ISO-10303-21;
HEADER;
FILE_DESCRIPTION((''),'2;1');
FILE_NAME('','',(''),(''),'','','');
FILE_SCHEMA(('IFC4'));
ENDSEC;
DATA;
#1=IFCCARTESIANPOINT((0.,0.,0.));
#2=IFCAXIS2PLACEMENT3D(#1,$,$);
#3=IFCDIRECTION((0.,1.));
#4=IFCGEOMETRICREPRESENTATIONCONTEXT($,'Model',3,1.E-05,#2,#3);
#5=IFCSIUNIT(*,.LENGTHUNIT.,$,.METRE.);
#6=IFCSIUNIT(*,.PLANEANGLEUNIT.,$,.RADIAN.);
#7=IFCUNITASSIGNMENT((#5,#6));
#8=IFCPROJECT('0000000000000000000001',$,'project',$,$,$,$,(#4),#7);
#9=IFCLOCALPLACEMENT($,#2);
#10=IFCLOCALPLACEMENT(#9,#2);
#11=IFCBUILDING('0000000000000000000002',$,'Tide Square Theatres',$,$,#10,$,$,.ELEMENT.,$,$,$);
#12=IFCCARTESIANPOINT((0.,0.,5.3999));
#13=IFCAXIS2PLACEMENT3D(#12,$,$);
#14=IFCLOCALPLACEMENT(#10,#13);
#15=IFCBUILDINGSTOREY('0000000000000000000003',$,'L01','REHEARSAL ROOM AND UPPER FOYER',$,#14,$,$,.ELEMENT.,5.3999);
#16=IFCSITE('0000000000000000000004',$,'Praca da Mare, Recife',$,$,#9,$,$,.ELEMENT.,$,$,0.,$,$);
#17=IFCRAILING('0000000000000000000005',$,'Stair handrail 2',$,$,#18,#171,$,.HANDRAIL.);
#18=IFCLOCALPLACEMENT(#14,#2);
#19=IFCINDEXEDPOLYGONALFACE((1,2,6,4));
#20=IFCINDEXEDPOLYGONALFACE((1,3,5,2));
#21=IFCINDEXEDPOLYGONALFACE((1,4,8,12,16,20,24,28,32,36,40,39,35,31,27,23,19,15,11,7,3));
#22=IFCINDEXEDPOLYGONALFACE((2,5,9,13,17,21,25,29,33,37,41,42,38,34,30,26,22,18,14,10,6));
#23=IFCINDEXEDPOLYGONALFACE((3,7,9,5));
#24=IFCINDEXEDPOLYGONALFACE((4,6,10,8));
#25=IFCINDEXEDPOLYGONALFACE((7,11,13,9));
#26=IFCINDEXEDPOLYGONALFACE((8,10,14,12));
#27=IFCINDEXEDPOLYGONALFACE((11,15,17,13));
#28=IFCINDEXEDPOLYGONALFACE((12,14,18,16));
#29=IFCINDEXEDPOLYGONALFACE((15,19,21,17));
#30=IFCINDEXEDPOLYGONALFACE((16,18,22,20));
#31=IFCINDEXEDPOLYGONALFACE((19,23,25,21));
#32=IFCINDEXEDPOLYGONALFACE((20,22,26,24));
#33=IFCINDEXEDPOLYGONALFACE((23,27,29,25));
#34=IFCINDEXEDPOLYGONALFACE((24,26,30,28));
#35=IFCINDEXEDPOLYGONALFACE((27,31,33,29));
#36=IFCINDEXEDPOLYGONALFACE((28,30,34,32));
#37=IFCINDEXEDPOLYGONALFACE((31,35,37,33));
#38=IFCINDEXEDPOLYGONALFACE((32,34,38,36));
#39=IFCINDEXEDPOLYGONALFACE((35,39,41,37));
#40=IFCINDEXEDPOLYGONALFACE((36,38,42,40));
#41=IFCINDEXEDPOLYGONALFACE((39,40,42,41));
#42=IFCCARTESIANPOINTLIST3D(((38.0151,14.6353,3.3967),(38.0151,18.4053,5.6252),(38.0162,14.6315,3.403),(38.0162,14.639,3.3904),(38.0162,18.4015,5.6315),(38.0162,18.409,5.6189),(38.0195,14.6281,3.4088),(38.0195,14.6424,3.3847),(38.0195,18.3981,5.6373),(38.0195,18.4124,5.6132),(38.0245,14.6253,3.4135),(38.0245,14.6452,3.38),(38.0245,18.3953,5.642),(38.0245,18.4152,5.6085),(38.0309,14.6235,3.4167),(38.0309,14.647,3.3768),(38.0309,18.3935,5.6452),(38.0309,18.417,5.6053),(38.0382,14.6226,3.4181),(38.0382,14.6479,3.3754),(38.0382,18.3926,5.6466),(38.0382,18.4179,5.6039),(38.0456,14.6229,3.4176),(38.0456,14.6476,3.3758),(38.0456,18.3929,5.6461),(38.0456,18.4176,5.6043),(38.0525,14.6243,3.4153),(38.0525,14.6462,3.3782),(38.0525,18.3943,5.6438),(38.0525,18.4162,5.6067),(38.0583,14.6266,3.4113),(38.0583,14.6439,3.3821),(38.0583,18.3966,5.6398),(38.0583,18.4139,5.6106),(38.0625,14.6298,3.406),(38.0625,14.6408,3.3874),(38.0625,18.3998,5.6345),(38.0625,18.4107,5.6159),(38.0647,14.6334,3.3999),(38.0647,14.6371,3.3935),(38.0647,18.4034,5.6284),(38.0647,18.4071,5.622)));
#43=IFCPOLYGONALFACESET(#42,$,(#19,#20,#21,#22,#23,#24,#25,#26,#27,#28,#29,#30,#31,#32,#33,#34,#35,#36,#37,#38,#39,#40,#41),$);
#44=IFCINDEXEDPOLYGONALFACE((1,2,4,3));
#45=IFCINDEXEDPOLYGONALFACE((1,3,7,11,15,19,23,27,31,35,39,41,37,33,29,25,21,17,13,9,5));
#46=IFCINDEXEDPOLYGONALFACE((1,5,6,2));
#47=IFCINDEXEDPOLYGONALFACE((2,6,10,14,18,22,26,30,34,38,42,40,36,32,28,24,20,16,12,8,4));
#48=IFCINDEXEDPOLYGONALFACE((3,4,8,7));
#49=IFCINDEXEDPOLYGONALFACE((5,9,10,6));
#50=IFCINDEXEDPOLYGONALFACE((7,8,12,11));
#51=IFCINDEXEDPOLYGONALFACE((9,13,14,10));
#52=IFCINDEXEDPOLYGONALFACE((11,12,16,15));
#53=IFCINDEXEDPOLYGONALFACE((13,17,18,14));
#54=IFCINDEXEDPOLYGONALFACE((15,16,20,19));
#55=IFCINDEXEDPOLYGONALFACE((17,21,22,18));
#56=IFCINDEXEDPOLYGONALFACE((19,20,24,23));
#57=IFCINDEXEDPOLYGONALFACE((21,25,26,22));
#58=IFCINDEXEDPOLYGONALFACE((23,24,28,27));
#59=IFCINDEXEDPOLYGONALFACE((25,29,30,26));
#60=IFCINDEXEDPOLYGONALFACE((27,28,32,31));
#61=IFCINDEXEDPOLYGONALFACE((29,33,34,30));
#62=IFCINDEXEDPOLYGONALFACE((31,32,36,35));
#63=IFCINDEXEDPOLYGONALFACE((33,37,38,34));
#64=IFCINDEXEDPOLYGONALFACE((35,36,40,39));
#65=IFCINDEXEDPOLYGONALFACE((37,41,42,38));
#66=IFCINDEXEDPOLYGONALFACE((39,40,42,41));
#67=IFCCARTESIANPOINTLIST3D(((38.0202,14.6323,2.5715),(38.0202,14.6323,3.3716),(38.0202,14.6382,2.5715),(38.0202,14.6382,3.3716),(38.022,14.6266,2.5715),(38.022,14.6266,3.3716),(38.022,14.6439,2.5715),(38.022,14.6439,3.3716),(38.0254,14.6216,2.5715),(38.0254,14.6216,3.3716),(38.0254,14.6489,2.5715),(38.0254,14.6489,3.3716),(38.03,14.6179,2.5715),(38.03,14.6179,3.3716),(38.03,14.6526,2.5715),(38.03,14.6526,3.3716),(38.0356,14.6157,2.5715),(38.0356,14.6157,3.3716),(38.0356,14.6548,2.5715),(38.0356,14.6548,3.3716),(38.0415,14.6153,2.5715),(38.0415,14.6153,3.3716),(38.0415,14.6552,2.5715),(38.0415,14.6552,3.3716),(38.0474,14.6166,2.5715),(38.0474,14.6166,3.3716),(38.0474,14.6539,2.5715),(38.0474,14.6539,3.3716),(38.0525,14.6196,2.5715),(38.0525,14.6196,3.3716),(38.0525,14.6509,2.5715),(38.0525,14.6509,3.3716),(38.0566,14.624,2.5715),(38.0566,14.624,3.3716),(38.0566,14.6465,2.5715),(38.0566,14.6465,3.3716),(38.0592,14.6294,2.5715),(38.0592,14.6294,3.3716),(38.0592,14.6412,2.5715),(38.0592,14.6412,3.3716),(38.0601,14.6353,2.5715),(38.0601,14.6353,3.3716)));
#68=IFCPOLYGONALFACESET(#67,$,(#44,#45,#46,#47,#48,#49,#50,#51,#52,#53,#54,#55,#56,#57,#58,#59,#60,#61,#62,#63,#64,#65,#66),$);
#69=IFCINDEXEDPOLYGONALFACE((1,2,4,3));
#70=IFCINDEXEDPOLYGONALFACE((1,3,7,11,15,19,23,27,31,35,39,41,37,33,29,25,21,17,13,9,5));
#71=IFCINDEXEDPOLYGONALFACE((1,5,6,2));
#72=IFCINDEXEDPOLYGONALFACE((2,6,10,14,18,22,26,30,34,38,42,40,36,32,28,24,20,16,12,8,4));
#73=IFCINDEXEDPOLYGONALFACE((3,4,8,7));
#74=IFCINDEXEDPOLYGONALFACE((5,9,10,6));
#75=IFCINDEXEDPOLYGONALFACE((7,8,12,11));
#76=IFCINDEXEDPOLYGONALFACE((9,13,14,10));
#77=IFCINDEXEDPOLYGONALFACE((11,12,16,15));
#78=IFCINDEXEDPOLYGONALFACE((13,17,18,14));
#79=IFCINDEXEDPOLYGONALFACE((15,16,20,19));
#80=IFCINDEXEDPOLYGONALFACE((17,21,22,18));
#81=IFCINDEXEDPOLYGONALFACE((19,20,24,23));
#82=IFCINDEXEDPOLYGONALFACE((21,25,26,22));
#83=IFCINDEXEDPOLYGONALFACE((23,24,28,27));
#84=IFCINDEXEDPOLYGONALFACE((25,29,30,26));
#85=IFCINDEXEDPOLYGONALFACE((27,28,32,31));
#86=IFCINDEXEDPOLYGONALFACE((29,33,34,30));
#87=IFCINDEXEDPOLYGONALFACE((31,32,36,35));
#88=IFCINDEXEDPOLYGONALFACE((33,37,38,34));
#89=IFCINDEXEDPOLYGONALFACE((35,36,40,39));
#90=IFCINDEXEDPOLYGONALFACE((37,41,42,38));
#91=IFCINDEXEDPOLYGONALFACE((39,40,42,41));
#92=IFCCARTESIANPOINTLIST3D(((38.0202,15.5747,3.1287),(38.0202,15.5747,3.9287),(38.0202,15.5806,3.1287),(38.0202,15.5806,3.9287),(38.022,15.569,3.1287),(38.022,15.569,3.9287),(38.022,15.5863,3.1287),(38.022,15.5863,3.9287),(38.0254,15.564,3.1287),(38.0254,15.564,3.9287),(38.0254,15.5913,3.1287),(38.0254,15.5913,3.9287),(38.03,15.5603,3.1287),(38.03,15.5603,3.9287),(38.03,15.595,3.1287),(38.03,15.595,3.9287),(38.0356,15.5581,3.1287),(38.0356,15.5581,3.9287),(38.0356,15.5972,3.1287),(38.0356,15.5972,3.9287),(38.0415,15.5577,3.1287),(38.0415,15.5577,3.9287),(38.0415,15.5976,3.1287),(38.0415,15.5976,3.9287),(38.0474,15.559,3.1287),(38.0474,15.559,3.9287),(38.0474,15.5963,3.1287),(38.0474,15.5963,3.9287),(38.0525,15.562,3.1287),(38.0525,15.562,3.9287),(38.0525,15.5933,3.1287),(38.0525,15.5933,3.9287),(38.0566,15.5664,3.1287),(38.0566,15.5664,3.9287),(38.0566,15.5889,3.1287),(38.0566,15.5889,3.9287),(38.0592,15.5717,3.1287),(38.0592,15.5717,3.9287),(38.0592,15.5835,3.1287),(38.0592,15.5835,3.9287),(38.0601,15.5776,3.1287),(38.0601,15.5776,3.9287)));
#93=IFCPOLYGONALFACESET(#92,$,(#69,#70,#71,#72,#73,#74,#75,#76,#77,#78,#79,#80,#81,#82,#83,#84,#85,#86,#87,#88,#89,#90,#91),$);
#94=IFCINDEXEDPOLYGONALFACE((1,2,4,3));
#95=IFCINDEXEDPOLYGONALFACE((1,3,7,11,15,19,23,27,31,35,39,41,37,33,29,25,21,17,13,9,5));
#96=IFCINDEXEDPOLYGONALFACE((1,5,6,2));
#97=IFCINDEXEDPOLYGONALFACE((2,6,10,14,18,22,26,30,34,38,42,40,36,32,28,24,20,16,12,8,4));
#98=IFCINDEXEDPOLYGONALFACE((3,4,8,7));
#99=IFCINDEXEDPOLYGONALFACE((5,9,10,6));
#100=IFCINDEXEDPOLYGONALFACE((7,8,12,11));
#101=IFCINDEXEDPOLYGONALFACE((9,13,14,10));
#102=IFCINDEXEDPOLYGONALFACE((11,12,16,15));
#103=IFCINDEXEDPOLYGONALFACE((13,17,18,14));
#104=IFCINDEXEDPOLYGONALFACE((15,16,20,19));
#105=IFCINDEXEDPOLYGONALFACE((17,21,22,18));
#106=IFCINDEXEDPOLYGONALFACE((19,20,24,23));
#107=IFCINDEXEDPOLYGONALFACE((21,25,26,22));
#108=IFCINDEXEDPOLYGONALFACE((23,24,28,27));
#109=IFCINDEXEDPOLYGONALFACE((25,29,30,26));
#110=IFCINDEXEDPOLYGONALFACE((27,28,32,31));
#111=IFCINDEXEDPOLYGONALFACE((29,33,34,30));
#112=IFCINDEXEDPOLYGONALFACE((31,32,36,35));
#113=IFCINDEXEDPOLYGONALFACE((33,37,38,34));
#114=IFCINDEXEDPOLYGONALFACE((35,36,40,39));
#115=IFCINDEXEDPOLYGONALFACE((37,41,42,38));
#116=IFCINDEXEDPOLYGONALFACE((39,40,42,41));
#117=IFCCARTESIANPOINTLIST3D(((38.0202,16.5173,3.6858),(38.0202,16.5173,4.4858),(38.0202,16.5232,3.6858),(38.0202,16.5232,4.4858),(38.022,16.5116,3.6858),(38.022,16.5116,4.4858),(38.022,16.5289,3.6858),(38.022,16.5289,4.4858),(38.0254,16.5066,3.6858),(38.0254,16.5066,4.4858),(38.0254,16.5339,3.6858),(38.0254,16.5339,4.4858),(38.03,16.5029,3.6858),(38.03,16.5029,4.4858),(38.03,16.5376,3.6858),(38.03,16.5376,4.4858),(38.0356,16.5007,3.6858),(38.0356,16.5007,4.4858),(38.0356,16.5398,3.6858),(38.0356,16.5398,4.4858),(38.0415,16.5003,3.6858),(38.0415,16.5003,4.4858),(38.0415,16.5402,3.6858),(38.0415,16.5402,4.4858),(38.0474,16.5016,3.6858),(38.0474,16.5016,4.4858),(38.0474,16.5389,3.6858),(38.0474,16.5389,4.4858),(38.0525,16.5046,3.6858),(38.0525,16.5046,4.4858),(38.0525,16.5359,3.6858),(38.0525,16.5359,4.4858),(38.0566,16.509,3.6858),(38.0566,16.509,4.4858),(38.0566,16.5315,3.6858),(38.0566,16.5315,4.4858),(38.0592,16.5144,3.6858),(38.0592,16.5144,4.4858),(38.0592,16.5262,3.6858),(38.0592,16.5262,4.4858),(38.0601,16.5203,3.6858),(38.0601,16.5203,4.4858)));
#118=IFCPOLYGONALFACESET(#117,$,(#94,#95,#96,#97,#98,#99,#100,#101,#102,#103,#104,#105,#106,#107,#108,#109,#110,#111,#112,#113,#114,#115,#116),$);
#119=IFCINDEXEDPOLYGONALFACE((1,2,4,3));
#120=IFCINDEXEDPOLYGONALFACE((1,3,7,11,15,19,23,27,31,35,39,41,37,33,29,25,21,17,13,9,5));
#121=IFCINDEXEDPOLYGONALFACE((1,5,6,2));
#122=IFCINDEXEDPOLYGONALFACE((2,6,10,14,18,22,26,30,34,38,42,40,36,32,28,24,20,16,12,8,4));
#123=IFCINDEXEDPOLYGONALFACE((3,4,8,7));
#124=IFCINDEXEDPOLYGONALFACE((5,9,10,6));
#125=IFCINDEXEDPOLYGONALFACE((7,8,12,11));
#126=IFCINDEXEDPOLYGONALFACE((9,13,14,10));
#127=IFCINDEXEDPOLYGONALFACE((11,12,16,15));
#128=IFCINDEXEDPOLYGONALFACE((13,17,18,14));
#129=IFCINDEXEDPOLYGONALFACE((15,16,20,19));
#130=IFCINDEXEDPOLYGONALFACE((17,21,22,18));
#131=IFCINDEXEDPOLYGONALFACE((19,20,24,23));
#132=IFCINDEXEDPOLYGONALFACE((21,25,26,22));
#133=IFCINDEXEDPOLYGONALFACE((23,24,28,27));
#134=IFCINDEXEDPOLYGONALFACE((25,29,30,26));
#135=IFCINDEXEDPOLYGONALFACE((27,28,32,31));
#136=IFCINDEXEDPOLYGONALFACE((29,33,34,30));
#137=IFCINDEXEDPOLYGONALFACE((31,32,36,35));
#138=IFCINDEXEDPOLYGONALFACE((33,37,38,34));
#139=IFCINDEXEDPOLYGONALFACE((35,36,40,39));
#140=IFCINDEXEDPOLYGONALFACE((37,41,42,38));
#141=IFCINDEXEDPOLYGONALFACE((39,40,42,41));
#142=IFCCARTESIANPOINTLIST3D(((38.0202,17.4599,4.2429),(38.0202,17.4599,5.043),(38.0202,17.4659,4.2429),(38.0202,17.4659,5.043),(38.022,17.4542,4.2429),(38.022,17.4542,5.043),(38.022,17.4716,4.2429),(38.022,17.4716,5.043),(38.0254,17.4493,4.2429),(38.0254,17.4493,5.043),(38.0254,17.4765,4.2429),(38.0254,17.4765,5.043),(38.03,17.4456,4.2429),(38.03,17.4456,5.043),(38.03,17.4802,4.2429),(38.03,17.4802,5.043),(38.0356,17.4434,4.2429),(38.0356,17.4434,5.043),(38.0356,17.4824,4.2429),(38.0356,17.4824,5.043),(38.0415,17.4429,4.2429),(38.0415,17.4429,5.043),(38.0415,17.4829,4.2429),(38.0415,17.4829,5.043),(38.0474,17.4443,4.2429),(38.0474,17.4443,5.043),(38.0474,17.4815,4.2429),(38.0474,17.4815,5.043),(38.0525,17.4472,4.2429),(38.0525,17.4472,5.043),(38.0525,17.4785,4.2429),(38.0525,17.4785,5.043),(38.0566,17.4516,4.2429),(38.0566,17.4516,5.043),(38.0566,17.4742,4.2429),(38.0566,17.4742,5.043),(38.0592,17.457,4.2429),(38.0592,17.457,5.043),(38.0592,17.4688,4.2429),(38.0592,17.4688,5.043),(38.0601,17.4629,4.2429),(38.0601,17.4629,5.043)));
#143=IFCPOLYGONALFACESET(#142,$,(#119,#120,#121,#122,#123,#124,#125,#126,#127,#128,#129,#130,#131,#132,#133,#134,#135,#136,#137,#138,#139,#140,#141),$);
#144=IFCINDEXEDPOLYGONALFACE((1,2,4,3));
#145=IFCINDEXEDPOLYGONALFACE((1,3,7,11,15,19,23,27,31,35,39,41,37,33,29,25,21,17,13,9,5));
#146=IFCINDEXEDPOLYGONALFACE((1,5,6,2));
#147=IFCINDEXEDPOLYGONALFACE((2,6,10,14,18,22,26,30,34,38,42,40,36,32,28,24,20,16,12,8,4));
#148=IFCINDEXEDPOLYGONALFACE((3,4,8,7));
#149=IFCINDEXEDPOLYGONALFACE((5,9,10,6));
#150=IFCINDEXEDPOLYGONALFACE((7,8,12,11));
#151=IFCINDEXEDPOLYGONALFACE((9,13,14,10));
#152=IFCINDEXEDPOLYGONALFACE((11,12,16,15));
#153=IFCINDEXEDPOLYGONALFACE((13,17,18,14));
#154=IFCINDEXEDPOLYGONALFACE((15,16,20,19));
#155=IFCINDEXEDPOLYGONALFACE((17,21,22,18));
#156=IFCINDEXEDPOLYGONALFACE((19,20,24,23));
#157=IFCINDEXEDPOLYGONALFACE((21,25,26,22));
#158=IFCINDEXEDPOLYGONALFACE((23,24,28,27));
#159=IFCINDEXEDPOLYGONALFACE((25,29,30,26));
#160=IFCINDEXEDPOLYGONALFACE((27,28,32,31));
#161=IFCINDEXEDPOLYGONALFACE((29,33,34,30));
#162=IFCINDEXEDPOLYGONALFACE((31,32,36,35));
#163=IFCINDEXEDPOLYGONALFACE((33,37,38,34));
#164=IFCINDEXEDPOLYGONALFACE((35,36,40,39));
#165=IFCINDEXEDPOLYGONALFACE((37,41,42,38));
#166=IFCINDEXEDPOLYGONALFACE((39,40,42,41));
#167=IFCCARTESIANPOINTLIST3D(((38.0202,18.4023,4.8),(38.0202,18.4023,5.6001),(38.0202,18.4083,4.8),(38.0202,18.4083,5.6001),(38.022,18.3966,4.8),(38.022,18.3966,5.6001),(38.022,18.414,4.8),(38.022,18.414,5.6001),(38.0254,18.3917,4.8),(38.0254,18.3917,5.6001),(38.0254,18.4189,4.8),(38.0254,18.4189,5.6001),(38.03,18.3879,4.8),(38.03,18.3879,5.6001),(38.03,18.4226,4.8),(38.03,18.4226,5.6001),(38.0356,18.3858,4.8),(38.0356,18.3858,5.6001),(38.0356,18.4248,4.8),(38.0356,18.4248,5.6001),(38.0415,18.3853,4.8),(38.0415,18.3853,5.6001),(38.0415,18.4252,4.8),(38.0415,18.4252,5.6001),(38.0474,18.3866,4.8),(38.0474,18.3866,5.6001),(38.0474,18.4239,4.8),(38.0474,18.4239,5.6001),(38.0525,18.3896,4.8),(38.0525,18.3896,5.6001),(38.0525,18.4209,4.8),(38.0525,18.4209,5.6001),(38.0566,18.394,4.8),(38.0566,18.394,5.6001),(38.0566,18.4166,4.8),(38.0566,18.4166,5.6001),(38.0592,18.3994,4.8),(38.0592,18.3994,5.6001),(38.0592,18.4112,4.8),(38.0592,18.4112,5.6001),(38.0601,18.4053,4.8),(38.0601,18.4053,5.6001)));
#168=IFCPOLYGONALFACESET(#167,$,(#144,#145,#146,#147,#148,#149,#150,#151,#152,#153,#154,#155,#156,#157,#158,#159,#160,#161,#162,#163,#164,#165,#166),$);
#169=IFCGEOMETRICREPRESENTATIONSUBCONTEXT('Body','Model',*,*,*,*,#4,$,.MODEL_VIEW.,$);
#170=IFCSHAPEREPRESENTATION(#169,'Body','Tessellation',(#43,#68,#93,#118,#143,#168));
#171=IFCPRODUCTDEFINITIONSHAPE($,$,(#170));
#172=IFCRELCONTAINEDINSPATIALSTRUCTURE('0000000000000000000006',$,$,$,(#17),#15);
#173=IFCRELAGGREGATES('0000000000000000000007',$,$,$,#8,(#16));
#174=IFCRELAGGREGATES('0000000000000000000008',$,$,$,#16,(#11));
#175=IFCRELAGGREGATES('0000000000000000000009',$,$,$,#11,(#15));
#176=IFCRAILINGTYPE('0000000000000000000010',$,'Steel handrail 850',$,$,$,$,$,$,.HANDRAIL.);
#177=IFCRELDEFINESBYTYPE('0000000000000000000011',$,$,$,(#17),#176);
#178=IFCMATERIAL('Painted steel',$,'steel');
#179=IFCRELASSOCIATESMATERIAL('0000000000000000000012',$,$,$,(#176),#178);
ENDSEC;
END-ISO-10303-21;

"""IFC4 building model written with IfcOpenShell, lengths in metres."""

from ifc_helpers import new_model, si_unit, direction, frame, origin, origin_2d, place, context, subcontext, project, spatial, circle, extrude, material, type_object, element, save


model = new_model("IFC4")

# Units and contexts
model_context = context("Model", 3, precision=1e-05, world=origin(), true_north=direction((0.0, 1.0)))
body_context = subcontext(model_context, "Body", "Model", "MODEL_VIEW")
ifc_project = project(units=[si_unit("LENGTHUNIT", "METRE"), si_unit("PLANEANGLEUNIT", "RADIAN")], contexts=[model_context])

# Site, building, storey
site_placement = place(None, origin())
site = spatial("IfcSite", under=ifc_project, at=site_placement, Name="Praca da Mare, Recife", CompositionType="ELEMENT", RefElevation=0.0)
building_placement = place(site_placement, origin())
building = spatial("IfcBuilding", under=site, at=building_placement, Name="Tide Square Theatres", CompositionType="ELEMENT")
storey_placement = place(building_placement, frame((0.0, 0.0, 5.3999)))
storey = spatial("IfcBuildingStorey", under=building, at=storey_placement, Name="L01", Description="REHEARSAL ROOM AND UPPER FOYER", CompositionType="ELEMENT", Elevation=5.3999)

# Railing
ifc_material_1 = material(Name="Painted steel", Category="steel")
railing_type_1 = type_object("IfcRailingType", Name="Steel handrail 850", PredefinedType="HANDRAIL", material=ifc_material_1)
for number, where, name in (
    (1, (38.04, 14.6353, 2.5715), "Stair handrail 2"),
):
    element("IfcRailing", number, at=place(storey_placement, frame(where)), inside=storey, type_object=railing_type_1, Name=name, PredefinedType="HANDRAIL", context=body_context, shape_type="SweptSolid", body=[
        extrude(circle(Radius=0.0249, at=origin_2d()), frame((0.0, 0.0, 0.8252), z_axis=(0.0, 0.860849, 0.508861), x_axis=(-1.0, 0.0, 0.0)), (0.0, 0.0, 1.0), 4.3794),
        extrude(circle(Radius=0.02, at=origin_2d()), origin(), (0.0, 0.0, 1.0), 0.8),
        extrude(circle(Radius=0.02, at=origin_2d()), frame((0.0, 0.9424, 0.5571)), (0.0, 0.0, 1.0), 0.8),
        extrude(circle(Radius=0.02, at=origin_2d()), frame((0.0, 1.885, 1.1143)), (0.0, 0.0, 1.0), 0.8),
        extrude(circle(Radius=0.02, at=origin_2d()), frame((0.0, 2.8276, 1.6714)), (0.0, 0.0, 1.0), 0.8),
        extrude(circle(Radius=0.02, at=origin_2d()), frame((0.0, 3.77, 2.2285)), (0.0, 0.0, 1.0), 0.8),
    ])

save(model, "model.ifc")
